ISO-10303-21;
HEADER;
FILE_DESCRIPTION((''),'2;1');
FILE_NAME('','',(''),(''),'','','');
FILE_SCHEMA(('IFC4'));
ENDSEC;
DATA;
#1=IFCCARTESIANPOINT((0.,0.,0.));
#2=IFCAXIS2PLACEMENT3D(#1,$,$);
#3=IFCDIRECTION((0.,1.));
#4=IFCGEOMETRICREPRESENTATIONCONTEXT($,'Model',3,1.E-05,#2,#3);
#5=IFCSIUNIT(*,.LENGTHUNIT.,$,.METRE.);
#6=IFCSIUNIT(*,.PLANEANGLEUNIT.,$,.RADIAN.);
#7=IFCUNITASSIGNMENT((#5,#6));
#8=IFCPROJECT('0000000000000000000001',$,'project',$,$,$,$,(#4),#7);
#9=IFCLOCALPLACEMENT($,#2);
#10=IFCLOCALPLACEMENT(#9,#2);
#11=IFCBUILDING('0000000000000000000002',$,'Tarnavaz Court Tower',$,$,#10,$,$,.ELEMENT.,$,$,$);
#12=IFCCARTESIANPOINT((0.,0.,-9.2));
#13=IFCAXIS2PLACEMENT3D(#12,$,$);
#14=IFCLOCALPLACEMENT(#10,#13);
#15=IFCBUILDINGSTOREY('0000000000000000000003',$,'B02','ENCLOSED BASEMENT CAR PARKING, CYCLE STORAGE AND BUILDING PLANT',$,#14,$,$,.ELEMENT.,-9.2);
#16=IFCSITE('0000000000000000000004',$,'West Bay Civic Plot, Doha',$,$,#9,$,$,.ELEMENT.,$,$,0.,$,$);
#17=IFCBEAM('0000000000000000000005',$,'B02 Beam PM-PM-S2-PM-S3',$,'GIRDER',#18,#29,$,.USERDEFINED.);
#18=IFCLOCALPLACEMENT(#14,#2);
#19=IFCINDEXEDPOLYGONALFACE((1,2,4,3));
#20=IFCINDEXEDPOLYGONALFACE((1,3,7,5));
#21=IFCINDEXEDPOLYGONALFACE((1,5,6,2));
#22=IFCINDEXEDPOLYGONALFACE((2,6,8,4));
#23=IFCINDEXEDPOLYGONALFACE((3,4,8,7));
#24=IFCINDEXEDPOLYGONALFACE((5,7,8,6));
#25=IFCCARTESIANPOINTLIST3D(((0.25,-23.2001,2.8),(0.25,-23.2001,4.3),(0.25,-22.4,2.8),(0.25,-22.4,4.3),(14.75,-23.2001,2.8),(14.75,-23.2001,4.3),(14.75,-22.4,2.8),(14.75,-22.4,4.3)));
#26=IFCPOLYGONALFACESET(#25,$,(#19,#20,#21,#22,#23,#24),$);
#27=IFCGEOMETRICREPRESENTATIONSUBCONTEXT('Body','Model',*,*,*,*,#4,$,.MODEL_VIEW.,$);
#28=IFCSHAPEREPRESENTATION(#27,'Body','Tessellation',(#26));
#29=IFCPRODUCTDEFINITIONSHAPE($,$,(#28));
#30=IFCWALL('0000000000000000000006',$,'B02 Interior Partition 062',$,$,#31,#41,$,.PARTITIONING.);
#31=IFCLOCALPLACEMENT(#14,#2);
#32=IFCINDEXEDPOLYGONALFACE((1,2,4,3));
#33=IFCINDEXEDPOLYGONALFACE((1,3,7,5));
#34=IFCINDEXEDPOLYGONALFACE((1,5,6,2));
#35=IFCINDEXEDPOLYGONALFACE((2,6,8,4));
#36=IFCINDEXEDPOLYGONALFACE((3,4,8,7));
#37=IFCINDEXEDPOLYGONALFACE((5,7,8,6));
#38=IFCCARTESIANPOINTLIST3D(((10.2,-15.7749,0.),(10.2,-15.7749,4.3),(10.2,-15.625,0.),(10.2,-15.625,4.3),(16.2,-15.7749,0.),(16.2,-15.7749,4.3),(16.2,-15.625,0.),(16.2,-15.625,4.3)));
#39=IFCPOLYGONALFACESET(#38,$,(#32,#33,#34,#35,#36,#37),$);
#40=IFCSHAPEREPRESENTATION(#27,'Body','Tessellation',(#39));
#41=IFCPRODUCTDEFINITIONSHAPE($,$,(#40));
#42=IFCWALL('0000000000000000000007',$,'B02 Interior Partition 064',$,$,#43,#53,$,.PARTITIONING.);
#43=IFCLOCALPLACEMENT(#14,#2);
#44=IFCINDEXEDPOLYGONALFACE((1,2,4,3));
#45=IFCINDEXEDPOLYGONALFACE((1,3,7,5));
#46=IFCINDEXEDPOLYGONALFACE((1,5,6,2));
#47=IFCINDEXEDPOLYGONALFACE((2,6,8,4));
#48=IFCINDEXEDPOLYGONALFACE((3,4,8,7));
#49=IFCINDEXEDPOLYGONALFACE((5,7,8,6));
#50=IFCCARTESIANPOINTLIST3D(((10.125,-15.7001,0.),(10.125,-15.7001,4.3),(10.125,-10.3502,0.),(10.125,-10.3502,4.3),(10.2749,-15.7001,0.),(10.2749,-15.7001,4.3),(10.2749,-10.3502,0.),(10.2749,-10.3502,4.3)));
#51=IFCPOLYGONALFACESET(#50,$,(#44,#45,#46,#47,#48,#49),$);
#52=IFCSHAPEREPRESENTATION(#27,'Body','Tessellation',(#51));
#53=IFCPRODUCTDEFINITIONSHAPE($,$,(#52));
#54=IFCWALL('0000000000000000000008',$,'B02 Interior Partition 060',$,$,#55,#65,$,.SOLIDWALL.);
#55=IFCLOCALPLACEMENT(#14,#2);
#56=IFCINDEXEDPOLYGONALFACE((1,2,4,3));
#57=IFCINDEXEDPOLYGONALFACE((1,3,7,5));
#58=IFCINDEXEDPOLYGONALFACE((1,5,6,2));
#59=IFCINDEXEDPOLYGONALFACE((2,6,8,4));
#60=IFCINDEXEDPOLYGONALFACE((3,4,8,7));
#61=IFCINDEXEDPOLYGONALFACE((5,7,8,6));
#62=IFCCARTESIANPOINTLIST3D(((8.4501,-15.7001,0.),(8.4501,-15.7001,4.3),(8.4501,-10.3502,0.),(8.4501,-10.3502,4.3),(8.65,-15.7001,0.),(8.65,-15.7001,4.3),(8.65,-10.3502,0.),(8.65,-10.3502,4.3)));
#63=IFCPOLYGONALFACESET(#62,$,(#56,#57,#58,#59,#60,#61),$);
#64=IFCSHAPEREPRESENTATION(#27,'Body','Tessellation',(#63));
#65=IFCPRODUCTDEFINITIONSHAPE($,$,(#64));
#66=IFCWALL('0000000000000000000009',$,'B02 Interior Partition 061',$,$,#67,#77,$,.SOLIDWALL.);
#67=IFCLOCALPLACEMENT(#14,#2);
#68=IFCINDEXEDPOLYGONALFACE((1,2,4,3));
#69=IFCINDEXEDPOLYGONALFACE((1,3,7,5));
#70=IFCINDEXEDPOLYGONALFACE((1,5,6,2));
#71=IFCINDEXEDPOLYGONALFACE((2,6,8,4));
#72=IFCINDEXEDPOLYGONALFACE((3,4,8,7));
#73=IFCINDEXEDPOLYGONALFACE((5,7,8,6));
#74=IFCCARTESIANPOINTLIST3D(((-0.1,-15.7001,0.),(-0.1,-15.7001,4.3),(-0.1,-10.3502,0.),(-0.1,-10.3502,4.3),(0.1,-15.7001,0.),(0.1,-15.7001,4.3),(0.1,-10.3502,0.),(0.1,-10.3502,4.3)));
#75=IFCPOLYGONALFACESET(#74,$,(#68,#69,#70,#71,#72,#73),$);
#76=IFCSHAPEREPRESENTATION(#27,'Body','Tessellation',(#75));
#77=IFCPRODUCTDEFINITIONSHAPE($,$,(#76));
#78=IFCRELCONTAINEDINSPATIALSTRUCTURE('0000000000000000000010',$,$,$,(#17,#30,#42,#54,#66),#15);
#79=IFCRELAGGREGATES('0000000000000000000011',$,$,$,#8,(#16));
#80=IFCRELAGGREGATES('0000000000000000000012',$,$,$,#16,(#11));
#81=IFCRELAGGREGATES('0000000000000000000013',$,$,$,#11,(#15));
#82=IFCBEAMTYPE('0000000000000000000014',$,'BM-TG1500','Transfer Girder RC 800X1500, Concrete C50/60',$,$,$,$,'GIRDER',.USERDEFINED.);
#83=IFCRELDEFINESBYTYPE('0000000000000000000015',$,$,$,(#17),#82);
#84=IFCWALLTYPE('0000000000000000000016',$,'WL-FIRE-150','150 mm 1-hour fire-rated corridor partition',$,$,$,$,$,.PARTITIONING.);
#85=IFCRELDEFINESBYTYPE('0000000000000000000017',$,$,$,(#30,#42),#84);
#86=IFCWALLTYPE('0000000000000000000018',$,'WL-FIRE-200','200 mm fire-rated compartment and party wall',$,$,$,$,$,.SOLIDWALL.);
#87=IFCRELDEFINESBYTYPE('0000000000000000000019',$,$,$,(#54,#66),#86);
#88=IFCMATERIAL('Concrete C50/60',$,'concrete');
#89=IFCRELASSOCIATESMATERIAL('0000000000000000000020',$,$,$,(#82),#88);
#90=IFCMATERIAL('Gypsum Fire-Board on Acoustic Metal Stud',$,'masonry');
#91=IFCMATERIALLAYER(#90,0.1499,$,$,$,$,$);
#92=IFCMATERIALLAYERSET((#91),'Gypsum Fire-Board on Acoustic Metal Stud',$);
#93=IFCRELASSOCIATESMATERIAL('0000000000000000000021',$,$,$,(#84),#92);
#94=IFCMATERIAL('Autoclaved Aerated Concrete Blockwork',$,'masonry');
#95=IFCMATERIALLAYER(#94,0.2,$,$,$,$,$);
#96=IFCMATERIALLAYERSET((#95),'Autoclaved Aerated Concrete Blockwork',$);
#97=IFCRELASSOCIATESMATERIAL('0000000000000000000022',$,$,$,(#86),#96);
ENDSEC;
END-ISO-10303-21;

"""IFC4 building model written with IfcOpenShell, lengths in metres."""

from ifc_helpers import new_model, si_unit, direction, frame, frame_2d, origin, origin_2d, place, context, subcontext, project, spatial, rectangle, extrude, material, layer, layer_set, material_profile, profile_set, type_object, element, save


model = new_model("IFC4")

# Units and contexts
model_context = context("Model", 3, precision=1e-05, world=origin(), true_north=direction((0.0, 1.0)))
body_context = subcontext(model_context, "Body", "Model", "MODEL_VIEW")
ifc_project = project(units=[si_unit("LENGTHUNIT", "METRE"), si_unit("PLANEANGLEUNIT", "RADIAN")], contexts=[model_context])

# Site, building, storey
site_placement = place(None, origin())
site = spatial("IfcSite", under=ifc_project, at=site_placement, Name="West Bay Civic Plot, Doha", CompositionType="ELEMENT", RefElevation=0.0)
building_placement = place(site_placement, origin())
building = spatial("IfcBuilding", under=site, at=building_placement, Name="Tarnavaz Court Tower", CompositionType="ELEMENT")
storey_placement = place(building_placement, frame((0.0, 0.0, -9.2)))
storey = spatial("IfcBuildingStorey", under=building, at=storey_placement, Name="B02", Description="ENCLOSED BASEMENT CAR PARKING, CYCLE STORAGE AND BUILDING PLANT", CompositionType="ELEMENT", Elevation=-9.2)

# Shared definitions
ifc_material_1 = material(Name="Concrete C50/60", Category="concrete")

# Beam
ifc_material_profile_1 = material_profile(ifc_material_1, rectangle(XDim=0.8, YDim=1.5, at=origin_2d()), Name="RC 800X1500")
ifc_profile_set_1 = profile_set([ifc_material_profile_1], Name="Concrete C50/60")
beam_type_1 = type_object("IfcBeamType", Name="BM-TG1500", Description="Transfer Girder RC 800X1500, Concrete C50/60", ElementType="GIRDER", PredefinedType="USERDEFINED", material=ifc_profile_set_1)
beam_1_placement = place(storey_placement, frame((0.25, -22.8, 3.55), z_axis=(1.0, 0.0, 0.0), x_axis=(0.0, 1.0, 0.0)))
element("IfcBeam", 1, at=beam_1_placement, inside=storey, type_object=beam_type_1, Name="B02 Beam PM-PM-S2-PM-S3", ObjectType="GIRDER", PredefinedType="USERDEFINED", context=body_context, shape_type="SweptSolid", body=[
    extrude(rectangle(XDim=0.8, YDim=1.5, at=origin_2d()), origin(), (0.0, 0.0, 1.0), 14.5),
])

# Walls
ifc_material_2 = material(Name="Gypsum Fire-Board on Acoustic Metal Stud", Category="masonry")
ifc_layer_1 = layer(ifc_material_2, 0.1499)
ifc_layer_set_1 = layer_set([ifc_layer_1], Name="Gypsum Fire-Board on Acoustic Metal Stud")
wall_type_1 = type_object("IfcWallType", Name="WL-FIRE-150", Description="150 mm 1-hour fire-rated corridor partition", PredefinedType="PARTITIONING", material=ifc_layer_set_1)
wall_1_placement = place(storey_placement, frame((10.2, -15.7, 0.0), z_axis=(0.0, 0.0, 1.0), x_axis=(1.0, 0.0, 0.0)))
element("IfcWall", 2, at=wall_1_placement, inside=storey, type_object=wall_type_1, Name="B02 Interior Partition 062", PredefinedType="PARTITIONING", context=body_context, shape_type="SweptSolid", body=[
    extrude(rectangle(XDim=6.0, YDim=0.1499, at=frame_2d((3.0, 0.0))), origin(), (0.0, 0.0, 1.0), 4.3),
])
wall_2_placement = place(storey_placement, frame((10.2, -15.7, 0.0), z_axis=(0.0, 0.0, 1.0), x_axis=(0.0, 1.0, 0.0)))
element("IfcWall", 3, at=wall_2_placement, inside=storey, type_object=wall_type_1, Name="B02 Interior Partition 064", PredefinedType="PARTITIONING", context=body_context, shape_type="SweptSolid", body=[
    extrude(rectangle(XDim=5.3499, YDim=0.1499, at=frame_2d((2.6748, 0.0))), origin(), (0.0, 0.0, 1.0), 4.3),
])
ifc_material_3 = material(Name="Autoclaved Aerated Concrete Blockwork", Category="masonry")
ifc_layer_2 = layer(ifc_material_3, 0.2)
ifc_layer_set_2 = layer_set([ifc_layer_2], Name="Autoclaved Aerated Concrete Blockwork")
wall_type_2 = type_object("IfcWallType", Name="WL-FIRE-200", Description="200 mm fire-rated compartment and party wall", PredefinedType="SOLIDWALL", material=ifc_layer_set_2)
for number, where, z_axis, x_axis, name in (
    (4, (8.55, -15.7, 0.0), (0.0, 0.0, 1.0), (0.0, 1.0, 0.0), "B02 Interior Partition 060"),
    (5, (0.0, -15.7, 0.0), (0.0, 0.0, 1.0), (0.0, 1.0, 0.0), "B02 Interior Partition 061"),
):
    element("IfcWall", number, at=place(storey_placement, frame(where, z_axis=z_axis, x_axis=x_axis)), inside=storey, type_object=wall_type_2, Name=name, PredefinedType="SOLIDWALL", context=body_context, shape_type="SweptSolid", body=[
        extrude(rectangle(XDim=5.3499, YDim=0.2, at=frame_2d((2.6748, 0.0))), origin(), (0.0, 0.0, 1.0), 4.3),
    ])

save(model, "model.ifc")
